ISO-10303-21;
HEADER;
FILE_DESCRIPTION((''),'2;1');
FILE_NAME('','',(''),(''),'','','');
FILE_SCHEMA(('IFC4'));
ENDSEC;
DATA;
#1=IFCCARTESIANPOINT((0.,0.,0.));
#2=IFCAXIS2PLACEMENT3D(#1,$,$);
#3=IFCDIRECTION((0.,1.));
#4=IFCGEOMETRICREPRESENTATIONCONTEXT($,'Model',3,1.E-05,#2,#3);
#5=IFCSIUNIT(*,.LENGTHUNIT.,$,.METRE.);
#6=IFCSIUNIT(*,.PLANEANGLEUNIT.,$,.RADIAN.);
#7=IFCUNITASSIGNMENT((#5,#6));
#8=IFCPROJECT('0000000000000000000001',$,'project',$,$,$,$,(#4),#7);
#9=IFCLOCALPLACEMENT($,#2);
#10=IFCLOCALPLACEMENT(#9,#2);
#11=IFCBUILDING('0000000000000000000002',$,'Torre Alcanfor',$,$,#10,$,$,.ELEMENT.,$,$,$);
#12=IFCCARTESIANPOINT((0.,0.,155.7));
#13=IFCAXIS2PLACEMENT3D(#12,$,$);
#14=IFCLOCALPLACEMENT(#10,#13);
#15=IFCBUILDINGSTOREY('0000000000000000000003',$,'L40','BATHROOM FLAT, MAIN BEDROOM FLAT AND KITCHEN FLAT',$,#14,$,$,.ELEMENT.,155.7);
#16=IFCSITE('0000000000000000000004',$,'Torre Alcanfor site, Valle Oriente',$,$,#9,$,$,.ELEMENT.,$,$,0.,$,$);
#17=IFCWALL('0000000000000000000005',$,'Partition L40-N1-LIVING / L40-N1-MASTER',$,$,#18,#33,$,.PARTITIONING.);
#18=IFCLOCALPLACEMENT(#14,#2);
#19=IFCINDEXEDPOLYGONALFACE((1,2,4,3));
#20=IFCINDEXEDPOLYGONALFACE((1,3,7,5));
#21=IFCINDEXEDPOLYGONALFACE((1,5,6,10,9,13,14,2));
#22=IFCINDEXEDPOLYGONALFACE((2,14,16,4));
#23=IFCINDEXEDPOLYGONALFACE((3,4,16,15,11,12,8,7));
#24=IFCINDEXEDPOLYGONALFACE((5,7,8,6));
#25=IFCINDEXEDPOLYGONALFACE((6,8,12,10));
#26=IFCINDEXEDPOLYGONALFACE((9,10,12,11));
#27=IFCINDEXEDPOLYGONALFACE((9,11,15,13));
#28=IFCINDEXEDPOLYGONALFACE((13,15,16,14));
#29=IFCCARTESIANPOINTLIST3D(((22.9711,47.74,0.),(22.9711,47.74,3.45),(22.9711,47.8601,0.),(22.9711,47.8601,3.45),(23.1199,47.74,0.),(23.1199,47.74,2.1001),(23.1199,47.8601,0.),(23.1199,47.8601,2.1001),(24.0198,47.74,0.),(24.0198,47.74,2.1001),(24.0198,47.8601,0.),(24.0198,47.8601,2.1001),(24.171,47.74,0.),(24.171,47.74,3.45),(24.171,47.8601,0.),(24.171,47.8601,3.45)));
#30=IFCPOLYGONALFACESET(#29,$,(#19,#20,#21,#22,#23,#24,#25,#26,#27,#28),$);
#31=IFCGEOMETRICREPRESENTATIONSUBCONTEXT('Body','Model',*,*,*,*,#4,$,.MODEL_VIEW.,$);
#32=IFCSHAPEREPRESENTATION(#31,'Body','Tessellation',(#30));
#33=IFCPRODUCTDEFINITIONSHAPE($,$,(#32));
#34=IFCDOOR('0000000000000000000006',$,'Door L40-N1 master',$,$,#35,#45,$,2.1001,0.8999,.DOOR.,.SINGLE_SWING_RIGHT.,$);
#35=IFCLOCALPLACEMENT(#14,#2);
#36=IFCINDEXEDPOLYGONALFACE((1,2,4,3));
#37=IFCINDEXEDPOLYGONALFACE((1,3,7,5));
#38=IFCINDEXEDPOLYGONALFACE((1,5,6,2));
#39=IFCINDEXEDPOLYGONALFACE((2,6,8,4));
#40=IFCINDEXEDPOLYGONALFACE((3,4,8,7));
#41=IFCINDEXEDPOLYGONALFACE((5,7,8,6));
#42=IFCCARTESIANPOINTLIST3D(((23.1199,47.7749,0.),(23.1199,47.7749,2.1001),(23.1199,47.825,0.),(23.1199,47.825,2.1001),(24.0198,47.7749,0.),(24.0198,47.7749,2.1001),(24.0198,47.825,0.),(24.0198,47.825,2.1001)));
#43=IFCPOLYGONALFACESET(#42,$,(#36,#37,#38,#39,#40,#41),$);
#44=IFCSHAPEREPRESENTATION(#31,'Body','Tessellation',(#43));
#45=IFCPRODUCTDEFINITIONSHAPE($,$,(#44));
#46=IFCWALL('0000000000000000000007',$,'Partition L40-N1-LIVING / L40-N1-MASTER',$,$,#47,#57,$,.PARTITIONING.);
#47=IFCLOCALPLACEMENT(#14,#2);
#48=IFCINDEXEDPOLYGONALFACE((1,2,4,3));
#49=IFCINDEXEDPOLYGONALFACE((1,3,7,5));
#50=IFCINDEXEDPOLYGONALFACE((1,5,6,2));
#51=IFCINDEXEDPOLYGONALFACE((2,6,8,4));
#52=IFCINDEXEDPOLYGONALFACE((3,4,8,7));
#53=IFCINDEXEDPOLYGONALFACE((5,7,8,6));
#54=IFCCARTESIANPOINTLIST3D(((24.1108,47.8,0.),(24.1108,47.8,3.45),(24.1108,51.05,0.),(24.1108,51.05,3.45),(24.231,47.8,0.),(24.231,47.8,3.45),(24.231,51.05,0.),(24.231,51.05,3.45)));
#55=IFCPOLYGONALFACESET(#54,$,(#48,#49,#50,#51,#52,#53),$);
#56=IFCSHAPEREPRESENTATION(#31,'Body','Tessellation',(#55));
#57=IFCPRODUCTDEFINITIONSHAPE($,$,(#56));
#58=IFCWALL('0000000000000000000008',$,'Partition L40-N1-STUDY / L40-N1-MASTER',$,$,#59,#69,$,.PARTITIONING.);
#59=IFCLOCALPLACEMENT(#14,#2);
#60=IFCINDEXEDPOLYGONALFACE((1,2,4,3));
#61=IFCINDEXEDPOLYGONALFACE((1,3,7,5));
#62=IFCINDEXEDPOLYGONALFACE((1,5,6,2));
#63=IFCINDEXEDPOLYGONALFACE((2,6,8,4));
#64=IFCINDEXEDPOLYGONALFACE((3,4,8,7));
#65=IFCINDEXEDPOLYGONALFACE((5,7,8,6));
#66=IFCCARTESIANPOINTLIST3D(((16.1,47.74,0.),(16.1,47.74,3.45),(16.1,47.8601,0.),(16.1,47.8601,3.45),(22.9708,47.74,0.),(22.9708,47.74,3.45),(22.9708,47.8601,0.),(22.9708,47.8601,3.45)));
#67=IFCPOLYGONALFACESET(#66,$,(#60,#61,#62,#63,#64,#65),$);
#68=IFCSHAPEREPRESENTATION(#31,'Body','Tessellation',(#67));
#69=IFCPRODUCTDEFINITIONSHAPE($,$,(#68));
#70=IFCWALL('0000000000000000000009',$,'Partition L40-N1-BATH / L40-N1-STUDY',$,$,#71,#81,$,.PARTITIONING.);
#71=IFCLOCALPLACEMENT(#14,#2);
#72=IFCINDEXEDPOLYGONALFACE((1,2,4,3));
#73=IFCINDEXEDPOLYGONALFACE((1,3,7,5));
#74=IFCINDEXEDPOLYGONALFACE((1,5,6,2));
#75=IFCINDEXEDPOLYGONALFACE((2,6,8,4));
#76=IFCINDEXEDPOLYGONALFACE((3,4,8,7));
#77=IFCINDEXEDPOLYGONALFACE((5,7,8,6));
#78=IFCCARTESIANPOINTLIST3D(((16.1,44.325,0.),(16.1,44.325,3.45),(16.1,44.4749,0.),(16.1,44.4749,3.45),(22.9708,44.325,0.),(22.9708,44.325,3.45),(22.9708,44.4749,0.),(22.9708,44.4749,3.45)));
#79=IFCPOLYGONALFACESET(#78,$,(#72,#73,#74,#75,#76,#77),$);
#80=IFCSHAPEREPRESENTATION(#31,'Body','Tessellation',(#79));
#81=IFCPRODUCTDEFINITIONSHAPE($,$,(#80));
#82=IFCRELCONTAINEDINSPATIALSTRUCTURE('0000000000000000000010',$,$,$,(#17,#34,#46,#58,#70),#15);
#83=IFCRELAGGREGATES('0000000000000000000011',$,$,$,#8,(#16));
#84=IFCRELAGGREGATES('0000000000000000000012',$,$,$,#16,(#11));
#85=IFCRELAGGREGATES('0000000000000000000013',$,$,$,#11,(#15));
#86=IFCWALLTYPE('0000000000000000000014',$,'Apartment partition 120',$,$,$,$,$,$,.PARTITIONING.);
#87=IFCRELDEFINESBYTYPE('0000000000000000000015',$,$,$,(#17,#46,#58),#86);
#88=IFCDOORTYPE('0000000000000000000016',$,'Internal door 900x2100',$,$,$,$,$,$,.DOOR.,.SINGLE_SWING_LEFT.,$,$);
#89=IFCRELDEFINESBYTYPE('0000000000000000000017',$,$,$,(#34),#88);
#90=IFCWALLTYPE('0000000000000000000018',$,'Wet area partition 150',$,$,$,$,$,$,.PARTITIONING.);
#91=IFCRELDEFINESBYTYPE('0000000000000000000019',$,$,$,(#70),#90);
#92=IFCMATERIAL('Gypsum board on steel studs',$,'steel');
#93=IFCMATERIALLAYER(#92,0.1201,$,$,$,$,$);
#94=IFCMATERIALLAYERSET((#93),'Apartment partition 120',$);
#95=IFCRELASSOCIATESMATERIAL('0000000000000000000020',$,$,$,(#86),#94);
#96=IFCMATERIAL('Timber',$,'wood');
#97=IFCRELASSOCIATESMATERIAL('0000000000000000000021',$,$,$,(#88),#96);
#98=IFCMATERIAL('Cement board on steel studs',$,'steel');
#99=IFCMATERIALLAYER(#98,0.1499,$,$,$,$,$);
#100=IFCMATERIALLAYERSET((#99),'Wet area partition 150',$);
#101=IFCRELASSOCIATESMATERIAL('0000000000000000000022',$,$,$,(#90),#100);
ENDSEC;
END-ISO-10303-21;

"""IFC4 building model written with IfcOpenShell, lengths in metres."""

from ifc_helpers import new_model, si_unit, direction, frame, frame_2d, origin, place, context, subcontext, project, spatial, rectangle, extrude, material, layer, layer_set, type_object, element, fill, save


model = new_model("IFC4")

# Units and contexts
model_context = context("Model", 3, precision=1e-05, world=origin(), true_north=direction((0.0, 1.0)))
body_context = subcontext(model_context, "Body", "Model", "MODEL_VIEW")
ifc_project = project(units=[si_unit("LENGTHUNIT", "METRE"), si_unit("PLANEANGLEUNIT", "RADIAN")], contexts=[model_context])

# Site, building, storey
site_placement = place(None, origin())
site = spatial("IfcSite", under=ifc_project, at=site_placement, Name="Torre Alcanfor site, Valle Oriente", CompositionType="ELEMENT", RefElevation=0.0)
building_placement = place(site_placement, origin())
building = spatial("IfcBuilding", under=site, at=building_placement, Name="Torre Alcanfor", CompositionType="ELEMENT")
storey_placement = place(building_placement, frame((0.0, 0.0, 155.7)))
storey = spatial("IfcBuildingStorey", under=building, at=storey_placement, Name="L40", Description="BATHROOM FLAT, MAIN BEDROOM FLAT AND KITCHEN FLAT", CompositionType="ELEMENT", Elevation=155.7)

# Shared definitions
ifc_material_1 = material(Name="Gypsum board on steel studs", Category="steel")
ifc_layer_1 = layer(ifc_material_1, 0.1201)
ifc_layer_set_1 = layer_set([ifc_layer_1], Name="Apartment partition 120")
wall_type_1 = type_object("IfcWallType", Name="Apartment partition 120", PredefinedType="PARTITIONING", material=ifc_layer_set_1)
ifc_material_2 = material(Name="Timber", Category="wood")
door_type = type_object("IfcDoorType", Name="Internal door 900x2100", OperationType="SINGLE_SWING_LEFT", PredefinedType="DOOR", material=ifc_material_2)

# Wall, opening, door
wall_1_placement = place(storey_placement, frame((22.9709, 47.8, 0.0), z_axis=(0.0, 0.0, 1.0), x_axis=(1.0, 0.0, 0.0)))
wall_1 = element("IfcWall", 1, at=wall_1_placement, inside=storey, type_object=wall_type_1, Name="Partition L40-N1-LIVING / L40-N1-MASTER", PredefinedType="PARTITIONING", context=body_context, shape_type="SweptSolid", body=[
    extrude(rectangle(XDim=1.2, YDim=0.1201, at=frame_2d((0.6001, 0.0))), origin(), (0.0, 0.0, 1.0), 3.45),
])
opening_1_placement = place(wall_1_placement, frame((0.1489, 0.0, 0.0)))
opening_1 = element("IfcOpeningElement", 2, at=opening_1_placement, cuts=wall_1, PredefinedType="OPENING", context=body_context, shape_type="SweptSolid", body=[
    extrude(rectangle(XDim=0.8999, YDim=2.1001, at=frame_2d((0.45, 1.05))), frame((0.0, 0.0701, 0.0), z_axis=(0.0, -1.0, 0.0), x_axis=(1.0, 0.0, 0.0)), (0.0, 0.0, 1.0), 0.1401),
])
door_1_placement = place(opening_1_placement, origin())
door_1 = element("IfcDoor", 3, at=door_1_placement, inside=storey, type_object=door_type, Name="Door L40-N1 master", OperationType="SINGLE_SWING_RIGHT", OverallHeight=2.1001, OverallWidth=0.8999, PredefinedType="DOOR", context=body_context, shape_type="SweptSolid", body=[
    extrude(rectangle(XDim=0.8999, YDim=2.1001, at=frame_2d((0.45, 1.05))), frame((0.0, 0.0249, 0.0), z_axis=(0.0, -1.0, 0.0), x_axis=(1.0, 0.0, 0.0)), (0.0, 0.0, 1.0), 0.05),
])
fill(opening_1, door_1)

# Walls
wall_2_placement = place(storey_placement, frame((24.1709, 47.8, 0.0), z_axis=(0.0, 0.0, 1.0), x_axis=(0.0, 1.0, 0.0)))
element("IfcWall", 4, at=wall_2_placement, inside=storey, type_object=wall_type_1, Name="Partition L40-N1-LIVING / L40-N1-MASTER", PredefinedType="PARTITIONING", context=body_context, shape_type="SweptSolid", body=[
    extrude(rectangle(XDim=3.25, YDim=0.1201, at=frame_2d((1.625, 0.0))), origin(), (0.0, 0.0, 1.0), 3.45),
])
wall_3_placement = place(storey_placement, frame((22.9709, 47.8, 0.0), z_axis=(0.0, 0.0, 1.0), x_axis=(-1.0, 0.0, 0.0)))
element("IfcWall", 5, at=wall_3_placement, inside=storey, type_object=wall_type_1, Name="Partition L40-N1-STUDY / L40-N1-MASTER", PredefinedType="PARTITIONING", context=body_context, shape_type="SweptSolid", body=[
    extrude(rectangle(XDim=6.8708, YDim=0.1201, at=frame_2d((3.4355, 0.0))), origin(), (0.0, 0.0, 1.0), 3.45),
])
ifc_material_3 = material(Name="Cement board on steel studs", Category="steel")
ifc_layer_2 = layer(ifc_material_3, 0.1499)
ifc_layer_set_2 = layer_set([ifc_layer_2], Name="Wet area partition 150")
wall_type_2 = type_object("IfcWallType", Name="Wet area partition 150", PredefinedType="PARTITIONING", material=ifc_layer_set_2)
wall_4_placement = place(storey_placement, frame((22.9709, 44.3999, 0.0), z_axis=(0.0, 0.0, 1.0), x_axis=(-1.0, 0.0, 0.0)))
element("IfcWall", 6, at=wall_4_placement, inside=storey, type_object=wall_type_2, Name="Partition L40-N1-BATH / L40-N1-STUDY", PredefinedType="PARTITIONING", context=body_context, shape_type="SweptSolid", body=[
    extrude(rectangle(XDim=6.8708, YDim=0.1499, at=frame_2d((3.4355, 0.0))), origin(), (0.0, 0.0, 1.0), 3.45),
])

save(model, "model.ifc")
